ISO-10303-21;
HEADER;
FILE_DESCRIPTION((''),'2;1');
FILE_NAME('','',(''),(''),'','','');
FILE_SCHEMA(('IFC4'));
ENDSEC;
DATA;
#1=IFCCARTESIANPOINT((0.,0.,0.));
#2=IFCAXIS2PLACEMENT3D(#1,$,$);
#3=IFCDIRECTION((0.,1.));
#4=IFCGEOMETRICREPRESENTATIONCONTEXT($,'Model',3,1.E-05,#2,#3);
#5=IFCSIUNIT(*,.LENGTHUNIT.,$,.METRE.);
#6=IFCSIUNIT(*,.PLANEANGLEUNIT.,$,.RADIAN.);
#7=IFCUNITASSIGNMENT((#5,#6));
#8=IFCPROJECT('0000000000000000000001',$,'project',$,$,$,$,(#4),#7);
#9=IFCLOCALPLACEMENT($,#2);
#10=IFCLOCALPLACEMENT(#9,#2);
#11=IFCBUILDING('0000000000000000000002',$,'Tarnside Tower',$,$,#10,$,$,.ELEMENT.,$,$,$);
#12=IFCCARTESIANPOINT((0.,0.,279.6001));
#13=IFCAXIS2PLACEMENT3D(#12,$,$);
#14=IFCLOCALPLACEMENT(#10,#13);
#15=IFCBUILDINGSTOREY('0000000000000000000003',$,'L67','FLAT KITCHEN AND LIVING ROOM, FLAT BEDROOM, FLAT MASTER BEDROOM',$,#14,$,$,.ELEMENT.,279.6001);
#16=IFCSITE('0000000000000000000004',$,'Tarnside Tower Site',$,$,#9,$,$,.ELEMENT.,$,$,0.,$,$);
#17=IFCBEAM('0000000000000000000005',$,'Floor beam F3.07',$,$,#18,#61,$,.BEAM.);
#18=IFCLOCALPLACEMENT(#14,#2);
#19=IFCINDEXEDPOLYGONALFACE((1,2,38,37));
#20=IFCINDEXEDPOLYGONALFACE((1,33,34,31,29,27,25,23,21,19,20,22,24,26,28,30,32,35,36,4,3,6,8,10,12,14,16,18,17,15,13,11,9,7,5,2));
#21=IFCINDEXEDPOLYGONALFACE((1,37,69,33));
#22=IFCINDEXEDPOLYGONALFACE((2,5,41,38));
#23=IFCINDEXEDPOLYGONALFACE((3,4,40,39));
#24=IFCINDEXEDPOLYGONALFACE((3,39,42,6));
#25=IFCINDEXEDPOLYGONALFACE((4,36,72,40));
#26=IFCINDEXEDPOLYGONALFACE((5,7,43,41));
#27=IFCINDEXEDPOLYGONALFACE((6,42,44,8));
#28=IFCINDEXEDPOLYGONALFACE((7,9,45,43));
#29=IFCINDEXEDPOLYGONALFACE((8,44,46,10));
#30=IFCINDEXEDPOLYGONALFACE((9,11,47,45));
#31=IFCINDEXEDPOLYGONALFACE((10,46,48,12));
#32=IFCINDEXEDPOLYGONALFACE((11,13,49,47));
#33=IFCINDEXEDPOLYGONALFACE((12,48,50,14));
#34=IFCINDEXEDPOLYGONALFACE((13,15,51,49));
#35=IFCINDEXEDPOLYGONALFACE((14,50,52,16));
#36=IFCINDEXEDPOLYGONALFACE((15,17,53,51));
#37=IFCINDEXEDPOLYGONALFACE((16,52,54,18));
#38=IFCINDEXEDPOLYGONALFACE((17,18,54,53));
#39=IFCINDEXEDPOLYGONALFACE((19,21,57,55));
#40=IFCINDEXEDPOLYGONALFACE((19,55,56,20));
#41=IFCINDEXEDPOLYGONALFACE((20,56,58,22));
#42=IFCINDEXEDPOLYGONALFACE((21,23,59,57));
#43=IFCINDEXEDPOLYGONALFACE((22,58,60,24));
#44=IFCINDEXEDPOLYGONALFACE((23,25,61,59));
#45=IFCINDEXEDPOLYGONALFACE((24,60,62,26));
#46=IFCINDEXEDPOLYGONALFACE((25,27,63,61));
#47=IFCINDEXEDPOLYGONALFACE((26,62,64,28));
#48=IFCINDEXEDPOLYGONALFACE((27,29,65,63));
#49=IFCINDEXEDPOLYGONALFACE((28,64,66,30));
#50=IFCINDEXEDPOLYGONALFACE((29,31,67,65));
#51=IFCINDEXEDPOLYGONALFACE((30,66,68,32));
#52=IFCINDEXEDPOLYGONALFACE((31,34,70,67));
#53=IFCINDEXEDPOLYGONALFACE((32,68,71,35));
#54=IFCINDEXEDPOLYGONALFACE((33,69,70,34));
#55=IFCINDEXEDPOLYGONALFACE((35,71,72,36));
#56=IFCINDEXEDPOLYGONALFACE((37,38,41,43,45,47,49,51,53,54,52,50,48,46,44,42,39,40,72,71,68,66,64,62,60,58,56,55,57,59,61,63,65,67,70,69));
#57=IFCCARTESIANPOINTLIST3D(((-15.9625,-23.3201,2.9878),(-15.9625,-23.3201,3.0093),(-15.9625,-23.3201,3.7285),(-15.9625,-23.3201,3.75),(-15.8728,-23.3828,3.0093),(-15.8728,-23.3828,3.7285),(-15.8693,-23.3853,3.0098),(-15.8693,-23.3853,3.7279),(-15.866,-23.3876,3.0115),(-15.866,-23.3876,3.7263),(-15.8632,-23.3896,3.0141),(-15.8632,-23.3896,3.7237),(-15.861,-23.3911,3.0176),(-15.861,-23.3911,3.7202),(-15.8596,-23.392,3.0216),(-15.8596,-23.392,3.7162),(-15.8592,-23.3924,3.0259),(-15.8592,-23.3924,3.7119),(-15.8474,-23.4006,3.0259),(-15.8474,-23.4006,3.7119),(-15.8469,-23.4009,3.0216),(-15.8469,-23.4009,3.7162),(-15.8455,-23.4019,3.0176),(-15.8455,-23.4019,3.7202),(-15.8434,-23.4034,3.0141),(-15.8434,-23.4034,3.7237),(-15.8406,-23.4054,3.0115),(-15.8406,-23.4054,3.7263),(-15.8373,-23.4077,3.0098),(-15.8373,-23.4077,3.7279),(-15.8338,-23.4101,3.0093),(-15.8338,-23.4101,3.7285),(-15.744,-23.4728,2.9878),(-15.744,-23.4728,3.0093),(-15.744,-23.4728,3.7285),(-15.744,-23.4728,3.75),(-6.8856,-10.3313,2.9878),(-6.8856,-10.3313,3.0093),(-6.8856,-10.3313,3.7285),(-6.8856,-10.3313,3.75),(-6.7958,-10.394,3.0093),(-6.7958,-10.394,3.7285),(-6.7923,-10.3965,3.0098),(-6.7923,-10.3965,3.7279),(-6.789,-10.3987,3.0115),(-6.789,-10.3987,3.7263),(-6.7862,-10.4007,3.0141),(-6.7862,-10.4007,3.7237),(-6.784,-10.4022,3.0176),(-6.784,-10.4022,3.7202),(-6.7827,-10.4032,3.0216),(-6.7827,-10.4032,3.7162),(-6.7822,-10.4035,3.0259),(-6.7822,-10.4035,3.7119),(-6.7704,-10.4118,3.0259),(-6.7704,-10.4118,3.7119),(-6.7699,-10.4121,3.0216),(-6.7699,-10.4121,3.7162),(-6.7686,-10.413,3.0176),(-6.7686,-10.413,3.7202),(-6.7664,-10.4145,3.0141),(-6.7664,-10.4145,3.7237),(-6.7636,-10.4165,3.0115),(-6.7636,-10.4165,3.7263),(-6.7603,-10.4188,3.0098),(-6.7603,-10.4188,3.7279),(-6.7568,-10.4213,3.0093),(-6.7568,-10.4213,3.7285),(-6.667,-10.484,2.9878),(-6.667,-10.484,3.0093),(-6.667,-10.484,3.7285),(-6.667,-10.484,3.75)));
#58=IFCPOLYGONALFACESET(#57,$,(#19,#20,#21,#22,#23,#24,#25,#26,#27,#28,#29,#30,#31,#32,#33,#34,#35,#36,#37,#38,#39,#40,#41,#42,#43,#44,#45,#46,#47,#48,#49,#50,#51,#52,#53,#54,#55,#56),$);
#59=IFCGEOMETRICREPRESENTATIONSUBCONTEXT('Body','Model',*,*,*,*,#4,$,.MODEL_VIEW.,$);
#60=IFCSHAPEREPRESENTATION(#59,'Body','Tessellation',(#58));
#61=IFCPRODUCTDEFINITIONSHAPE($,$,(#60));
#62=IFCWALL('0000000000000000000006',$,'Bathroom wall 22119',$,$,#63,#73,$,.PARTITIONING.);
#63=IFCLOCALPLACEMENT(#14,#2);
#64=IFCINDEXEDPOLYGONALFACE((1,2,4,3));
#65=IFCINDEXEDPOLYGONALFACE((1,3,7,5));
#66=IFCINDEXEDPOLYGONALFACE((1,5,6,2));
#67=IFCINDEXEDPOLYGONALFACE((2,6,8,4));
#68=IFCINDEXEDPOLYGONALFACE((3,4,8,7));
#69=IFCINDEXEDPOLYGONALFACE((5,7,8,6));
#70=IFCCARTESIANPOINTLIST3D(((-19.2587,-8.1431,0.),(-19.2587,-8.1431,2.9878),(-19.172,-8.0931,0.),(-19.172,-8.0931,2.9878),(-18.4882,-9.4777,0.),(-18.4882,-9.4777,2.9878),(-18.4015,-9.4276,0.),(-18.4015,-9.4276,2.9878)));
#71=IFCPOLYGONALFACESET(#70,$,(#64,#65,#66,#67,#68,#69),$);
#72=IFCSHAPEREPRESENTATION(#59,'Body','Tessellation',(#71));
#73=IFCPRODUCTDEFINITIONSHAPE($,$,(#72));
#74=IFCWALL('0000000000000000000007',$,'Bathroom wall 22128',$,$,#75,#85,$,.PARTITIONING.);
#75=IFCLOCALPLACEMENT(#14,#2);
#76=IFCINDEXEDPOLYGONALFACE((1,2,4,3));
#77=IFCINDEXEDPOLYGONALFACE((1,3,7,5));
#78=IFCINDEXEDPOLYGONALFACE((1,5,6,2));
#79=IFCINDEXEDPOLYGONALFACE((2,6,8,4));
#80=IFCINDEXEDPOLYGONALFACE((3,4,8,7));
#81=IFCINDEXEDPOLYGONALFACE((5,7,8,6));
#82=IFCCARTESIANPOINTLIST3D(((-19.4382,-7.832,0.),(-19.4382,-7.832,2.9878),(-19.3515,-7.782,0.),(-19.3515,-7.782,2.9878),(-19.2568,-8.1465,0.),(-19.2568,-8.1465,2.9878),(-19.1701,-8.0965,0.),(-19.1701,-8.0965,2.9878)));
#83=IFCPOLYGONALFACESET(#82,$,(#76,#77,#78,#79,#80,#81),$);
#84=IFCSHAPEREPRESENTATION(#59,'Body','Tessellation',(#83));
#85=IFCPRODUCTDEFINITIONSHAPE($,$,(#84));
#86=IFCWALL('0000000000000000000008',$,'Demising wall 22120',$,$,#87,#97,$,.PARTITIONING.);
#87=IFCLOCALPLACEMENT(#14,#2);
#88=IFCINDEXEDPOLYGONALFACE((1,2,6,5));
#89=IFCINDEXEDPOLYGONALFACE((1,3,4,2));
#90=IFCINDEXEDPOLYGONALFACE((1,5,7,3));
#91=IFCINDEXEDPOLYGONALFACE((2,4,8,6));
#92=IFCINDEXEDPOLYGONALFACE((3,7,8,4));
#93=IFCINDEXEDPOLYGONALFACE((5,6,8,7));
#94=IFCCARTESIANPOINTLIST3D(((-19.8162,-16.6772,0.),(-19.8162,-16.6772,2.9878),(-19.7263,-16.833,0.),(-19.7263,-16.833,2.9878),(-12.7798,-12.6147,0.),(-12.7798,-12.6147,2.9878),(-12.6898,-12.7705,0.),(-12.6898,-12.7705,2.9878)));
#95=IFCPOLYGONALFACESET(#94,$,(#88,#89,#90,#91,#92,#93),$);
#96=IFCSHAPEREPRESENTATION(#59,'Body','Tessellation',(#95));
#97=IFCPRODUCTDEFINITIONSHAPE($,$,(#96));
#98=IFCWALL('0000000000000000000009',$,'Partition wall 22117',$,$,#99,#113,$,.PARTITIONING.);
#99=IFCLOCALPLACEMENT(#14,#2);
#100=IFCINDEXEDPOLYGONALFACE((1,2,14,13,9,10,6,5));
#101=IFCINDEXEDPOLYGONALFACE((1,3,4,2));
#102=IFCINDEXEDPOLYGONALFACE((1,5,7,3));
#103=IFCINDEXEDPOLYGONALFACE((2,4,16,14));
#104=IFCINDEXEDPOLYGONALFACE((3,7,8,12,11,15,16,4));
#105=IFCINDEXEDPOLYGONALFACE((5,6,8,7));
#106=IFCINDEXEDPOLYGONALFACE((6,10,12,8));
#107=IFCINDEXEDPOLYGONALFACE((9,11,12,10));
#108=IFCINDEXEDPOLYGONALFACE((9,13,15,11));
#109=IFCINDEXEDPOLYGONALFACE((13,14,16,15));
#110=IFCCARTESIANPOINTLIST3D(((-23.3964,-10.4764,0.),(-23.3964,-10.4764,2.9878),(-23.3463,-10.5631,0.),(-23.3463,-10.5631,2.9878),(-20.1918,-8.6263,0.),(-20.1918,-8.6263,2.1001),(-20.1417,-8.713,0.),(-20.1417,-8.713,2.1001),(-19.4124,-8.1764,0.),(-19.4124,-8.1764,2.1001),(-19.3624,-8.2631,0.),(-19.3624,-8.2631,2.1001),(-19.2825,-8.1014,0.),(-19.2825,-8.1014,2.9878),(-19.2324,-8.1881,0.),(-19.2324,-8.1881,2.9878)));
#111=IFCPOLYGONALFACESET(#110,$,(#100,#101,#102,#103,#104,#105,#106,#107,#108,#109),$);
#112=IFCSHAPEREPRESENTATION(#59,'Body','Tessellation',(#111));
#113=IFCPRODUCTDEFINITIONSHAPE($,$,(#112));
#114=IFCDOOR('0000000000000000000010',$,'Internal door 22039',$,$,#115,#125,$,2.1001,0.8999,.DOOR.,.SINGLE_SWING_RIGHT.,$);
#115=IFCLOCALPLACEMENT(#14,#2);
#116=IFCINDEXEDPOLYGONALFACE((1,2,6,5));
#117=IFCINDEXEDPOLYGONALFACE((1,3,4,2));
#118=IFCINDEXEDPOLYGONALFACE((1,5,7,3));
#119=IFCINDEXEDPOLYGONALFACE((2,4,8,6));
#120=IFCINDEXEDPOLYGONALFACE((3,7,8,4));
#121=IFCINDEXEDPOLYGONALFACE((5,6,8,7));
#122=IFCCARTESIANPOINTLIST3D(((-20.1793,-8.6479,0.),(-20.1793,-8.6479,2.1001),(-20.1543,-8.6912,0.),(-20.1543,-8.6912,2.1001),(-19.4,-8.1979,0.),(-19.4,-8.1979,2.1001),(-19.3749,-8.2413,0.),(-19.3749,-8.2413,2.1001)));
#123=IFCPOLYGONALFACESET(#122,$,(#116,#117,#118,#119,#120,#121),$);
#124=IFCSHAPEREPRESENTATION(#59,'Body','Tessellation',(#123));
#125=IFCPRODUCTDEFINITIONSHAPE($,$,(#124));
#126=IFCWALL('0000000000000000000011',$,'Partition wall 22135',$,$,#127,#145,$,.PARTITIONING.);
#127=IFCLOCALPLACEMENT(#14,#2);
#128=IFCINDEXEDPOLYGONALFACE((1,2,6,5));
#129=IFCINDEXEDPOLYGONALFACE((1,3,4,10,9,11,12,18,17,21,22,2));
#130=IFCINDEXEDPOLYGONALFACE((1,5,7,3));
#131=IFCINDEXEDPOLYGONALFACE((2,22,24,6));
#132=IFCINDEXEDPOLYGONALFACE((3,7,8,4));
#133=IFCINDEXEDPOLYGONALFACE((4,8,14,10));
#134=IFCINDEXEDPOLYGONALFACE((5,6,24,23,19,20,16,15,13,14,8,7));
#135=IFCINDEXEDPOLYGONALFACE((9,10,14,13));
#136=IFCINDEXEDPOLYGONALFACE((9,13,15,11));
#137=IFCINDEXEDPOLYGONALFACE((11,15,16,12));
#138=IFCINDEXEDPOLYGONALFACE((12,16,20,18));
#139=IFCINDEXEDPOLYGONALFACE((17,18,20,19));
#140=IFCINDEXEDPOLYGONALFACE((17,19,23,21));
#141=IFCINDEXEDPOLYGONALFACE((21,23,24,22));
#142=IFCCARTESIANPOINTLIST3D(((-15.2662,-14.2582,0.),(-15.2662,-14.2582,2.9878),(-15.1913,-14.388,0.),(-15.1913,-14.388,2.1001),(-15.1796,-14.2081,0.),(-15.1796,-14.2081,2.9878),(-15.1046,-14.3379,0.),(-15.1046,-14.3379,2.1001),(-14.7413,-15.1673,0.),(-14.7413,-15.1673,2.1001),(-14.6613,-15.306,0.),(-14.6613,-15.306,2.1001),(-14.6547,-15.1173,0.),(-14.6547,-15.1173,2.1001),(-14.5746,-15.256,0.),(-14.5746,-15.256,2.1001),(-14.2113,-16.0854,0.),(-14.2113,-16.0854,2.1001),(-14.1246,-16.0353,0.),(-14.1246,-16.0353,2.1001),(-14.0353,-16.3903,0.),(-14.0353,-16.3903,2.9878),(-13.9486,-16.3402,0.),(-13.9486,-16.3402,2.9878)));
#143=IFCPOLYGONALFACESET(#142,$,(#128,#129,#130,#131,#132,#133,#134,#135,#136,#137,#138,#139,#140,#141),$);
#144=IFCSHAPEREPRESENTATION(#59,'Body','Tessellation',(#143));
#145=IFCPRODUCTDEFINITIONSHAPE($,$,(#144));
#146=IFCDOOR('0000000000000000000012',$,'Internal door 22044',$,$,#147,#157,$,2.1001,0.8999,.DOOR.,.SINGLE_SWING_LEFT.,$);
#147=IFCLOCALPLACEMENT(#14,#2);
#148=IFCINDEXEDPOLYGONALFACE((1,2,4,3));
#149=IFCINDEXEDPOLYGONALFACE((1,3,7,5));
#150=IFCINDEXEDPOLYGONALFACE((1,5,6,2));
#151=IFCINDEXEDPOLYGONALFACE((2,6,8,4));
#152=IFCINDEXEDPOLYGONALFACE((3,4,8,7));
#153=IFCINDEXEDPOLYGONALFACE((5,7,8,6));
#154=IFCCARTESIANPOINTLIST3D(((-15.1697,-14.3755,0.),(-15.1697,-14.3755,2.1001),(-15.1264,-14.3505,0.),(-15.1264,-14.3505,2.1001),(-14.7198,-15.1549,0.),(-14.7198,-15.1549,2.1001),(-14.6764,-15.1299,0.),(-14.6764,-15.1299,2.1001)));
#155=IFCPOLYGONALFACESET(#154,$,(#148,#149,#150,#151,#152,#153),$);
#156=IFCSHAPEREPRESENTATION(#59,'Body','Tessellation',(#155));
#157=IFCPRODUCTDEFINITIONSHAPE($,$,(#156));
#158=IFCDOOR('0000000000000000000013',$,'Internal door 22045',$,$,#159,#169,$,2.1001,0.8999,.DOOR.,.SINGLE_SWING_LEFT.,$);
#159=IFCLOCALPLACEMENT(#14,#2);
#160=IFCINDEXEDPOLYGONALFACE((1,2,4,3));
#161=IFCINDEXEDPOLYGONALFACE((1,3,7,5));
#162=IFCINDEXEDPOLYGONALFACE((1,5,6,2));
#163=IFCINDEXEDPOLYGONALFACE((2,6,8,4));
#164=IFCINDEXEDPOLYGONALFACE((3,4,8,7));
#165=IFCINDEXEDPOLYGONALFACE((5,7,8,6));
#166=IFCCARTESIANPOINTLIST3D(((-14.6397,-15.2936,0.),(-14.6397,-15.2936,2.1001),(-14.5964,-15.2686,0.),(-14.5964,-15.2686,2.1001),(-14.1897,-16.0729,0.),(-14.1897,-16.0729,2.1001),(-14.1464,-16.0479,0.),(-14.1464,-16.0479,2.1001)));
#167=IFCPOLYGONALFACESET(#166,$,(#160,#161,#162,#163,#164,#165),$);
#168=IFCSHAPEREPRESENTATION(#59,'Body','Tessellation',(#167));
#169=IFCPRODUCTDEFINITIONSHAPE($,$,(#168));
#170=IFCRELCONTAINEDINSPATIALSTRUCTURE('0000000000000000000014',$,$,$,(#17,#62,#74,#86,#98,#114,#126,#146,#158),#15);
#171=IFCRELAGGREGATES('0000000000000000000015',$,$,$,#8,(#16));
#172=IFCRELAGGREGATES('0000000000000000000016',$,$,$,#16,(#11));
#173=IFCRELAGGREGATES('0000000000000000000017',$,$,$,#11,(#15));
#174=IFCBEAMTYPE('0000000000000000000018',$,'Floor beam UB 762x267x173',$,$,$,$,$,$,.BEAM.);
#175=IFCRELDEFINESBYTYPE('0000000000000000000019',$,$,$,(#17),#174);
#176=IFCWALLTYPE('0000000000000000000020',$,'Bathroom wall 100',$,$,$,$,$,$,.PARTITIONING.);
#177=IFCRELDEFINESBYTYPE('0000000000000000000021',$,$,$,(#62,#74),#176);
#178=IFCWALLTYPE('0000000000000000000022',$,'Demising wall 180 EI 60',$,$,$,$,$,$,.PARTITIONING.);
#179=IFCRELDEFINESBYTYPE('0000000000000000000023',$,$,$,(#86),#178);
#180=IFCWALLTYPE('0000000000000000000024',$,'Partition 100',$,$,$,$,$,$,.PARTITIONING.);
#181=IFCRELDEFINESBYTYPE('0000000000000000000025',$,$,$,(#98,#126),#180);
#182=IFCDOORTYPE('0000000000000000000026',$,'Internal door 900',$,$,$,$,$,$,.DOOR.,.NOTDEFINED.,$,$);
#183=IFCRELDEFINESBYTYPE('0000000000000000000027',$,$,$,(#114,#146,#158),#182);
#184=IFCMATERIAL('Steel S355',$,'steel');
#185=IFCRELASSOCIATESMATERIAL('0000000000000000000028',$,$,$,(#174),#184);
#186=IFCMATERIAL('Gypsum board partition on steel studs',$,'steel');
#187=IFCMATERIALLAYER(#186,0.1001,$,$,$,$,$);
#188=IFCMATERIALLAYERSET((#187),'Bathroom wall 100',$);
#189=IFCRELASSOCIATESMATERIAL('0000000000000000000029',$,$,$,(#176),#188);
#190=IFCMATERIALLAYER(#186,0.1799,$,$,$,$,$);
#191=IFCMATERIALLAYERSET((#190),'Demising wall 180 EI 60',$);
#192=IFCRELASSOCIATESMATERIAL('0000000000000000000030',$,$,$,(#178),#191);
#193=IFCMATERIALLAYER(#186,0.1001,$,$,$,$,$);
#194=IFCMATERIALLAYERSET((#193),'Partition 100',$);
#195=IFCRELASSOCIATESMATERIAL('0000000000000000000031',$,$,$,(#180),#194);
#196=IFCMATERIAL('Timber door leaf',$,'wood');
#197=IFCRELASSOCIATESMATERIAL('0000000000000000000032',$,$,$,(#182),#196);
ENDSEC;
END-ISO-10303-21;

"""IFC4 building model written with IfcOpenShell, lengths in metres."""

from ifc_helpers import new_model, si_unit, direction, frame, frame_2d, origin, origin_2d, place, context, subcontext, project, spatial, rectangle, i_section, extrude, material, layer, layer_set, material_profile, profile_set, type_object, element, fill, save


model = new_model("IFC4")

# Units and contexts
model_context = context("Model", 3, precision=1e-05, world=origin(), true_north=direction((0.0, 1.0)))
body_context = subcontext(model_context, "Body", "Model", "MODEL_VIEW")
ifc_project = project(units=[si_unit("LENGTHUNIT", "METRE"), si_unit("PLANEANGLEUNIT", "RADIAN")], contexts=[model_context])

# Site, building, storey
site_placement = place(None, origin())
site = spatial("IfcSite", under=ifc_project, at=site_placement, Name="Tarnside Tower Site", CompositionType="ELEMENT", RefElevation=0.0)
building_placement = place(site_placement, origin())
building = spatial("IfcBuilding", under=site, at=building_placement, Name="Tarnside Tower", CompositionType="ELEMENT")
storey_placement = place(building_placement, frame((0.0, 0.0, 279.6001)))
storey = spatial("IfcBuildingStorey", under=building, at=storey_placement, Name="L67", Description="FLAT KITCHEN AND LIVING ROOM, FLAT BEDROOM, FLAT MASTER BEDROOM", CompositionType="ELEMENT", Elevation=279.6001)

# Beam
ifc_material_1 = material(Name="Steel S355", Category="steel")
ifc_material_profile_1 = material_profile(ifc_material_1, i_section(OverallWidth=0.2666, OverallDepth=0.7622, WebThickness=0.0144, FlangeThickness=0.0215, FilletRadius=0.0166, at=origin_2d()), Name="UB 762x267x173")
ifc_profile_set_1 = profile_set([ifc_material_profile_1], Name="Steel S355")
beam_type_1 = type_object("IfcBeamType", Name="Floor beam UB 762x267x173", PredefinedType="BEAM", material=ifc_profile_set_1)
beam_1_placement = place(storey_placement, frame((-15.8533, -23.3965, 3.3689), z_axis=(0.572817, 0.819683, 0.0), x_axis=(-0.819683, 0.572817, 0.0)))
element("IfcBeam", 1, at=beam_1_placement, inside=storey, type_object=beam_type_1, Name="Floor beam F3.07", PredefinedType="BEAM", context=body_context, shape_type="SweptSolid", body=[
    extrude(i_section(OverallWidth=0.2666, OverallDepth=0.7622, WebThickness=0.0144, FlangeThickness=0.0215, FilletRadius=0.0166, at=origin_2d()), origin(), (0.0, 0.0, 1.0), 15.8462),
])

# Walls
ifc_material_2 = material(Name="Gypsum board partition on steel studs", Category="steel")
ifc_layer_1 = layer(ifc_material_2, 0.1001)
ifc_layer_set_1 = layer_set([ifc_layer_1], Name="Bathroom wall 100")
wall_type_1 = type_object("IfcWallType", Name="Bathroom wall 100", PredefinedType="PARTITIONING", material=ifc_layer_set_1)
wall_1_placement = place(storey_placement, frame((-18.4448, -9.4526, 0.0), z_axis=(0.0, 0.0, 1.0), x_axis=(-0.500024, 0.866011, 0.0)))
element("IfcWall", 2, at=wall_1_placement, inside=storey, type_object=wall_type_1, Name="Bathroom wall 22119", PredefinedType="PARTITIONING", context=body_context, shape_type="SweptSolid", body=[
    extrude(rectangle(XDim=1.541, YDim=0.1001, at=frame_2d((0.7705, 0.0))), origin(), (0.0, 0.0, 1.0), 2.9878),
])
wall_2_placement = place(storey_placement, frame((-19.2134, -8.1216, 0.0), z_axis=(0.0, 0.0, 1.0), x_axis=(-0.499684, 0.866208, 0.0)))
element("IfcWall", 3, at=wall_2_placement, inside=storey, type_object=wall_type_1, Name="Bathroom wall 22128", PredefinedType="PARTITIONING", context=body_context, shape_type="SweptSolid", body=[
    extrude(rectangle(XDim=0.363, YDim=0.1001, at=frame_2d((0.1816, 0.0))), origin(), (0.0, 0.0, 1.0), 2.9878),
])
ifc_layer_2 = layer(ifc_material_2, 0.1799)
ifc_layer_set_2 = layer_set([ifc_layer_2], Name="Demising wall 180 EI 60")
wall_type_2 = type_object("IfcWallType", Name="Demising wall 180 EI 60", PredefinedType="PARTITIONING", material=ifc_layer_set_2)
wall_3_placement = place(storey_placement, frame((-19.7712, -16.7551, 0.0), z_axis=(0.0, 0.0, 1.0), x_axis=(0.866023, 0.500004, 0.0)))
element("IfcWall", 4, at=wall_3_placement, inside=storey, type_object=wall_type_2, Name="Demising wall 22120", PredefinedType="PARTITIONING", context=body_context, shape_type="SweptSolid", body=[
    extrude(rectangle(XDim=8.125, YDim=0.1799, at=frame_2d((4.0625, 0.0))), origin(), (0.0, 0.0, 1.0), 2.9878),
])

# Wall, opening, door
ifc_layer_3 = layer(ifc_material_2, 0.1001)
ifc_layer_set_3 = layer_set([ifc_layer_3], Name="Partition 100")
wall_type_3 = type_object("IfcWallType", Name="Partition 100", PredefinedType="PARTITIONING", material=ifc_layer_set_3)
wall_4_placement = place(storey_placement, frame((-19.2576, -8.1448, 0.0), z_axis=(0.0, 0.0, 1.0), x_axis=(-0.866033, -0.499986, 0.0)))
wall_4 = element("IfcWall", 5, at=wall_4_placement, inside=storey, type_object=wall_type_3, Name="Partition wall 22117", PredefinedType="PARTITIONING", context=body_context, shape_type="SweptSolid", body=[
    extrude(rectangle(XDim=4.7502, YDim=0.1001, at=frame_2d((2.375, 0.0))), origin(), (0.0, 0.0, 1.0), 2.9878),
])
opening_1_placement = place(wall_4_placement, frame((0.1499, 0.0, 0.0)))
opening_1 = element("IfcOpeningElement", 6, at=opening_1_placement, cuts=wall_4, PredefinedType="OPENING", context=body_context, shape_type="SweptSolid", body=[
    extrude(rectangle(XDim=0.8999, YDim=2.1001, at=frame_2d((0.45, 1.05))), frame((0.0, 0.0601, 0.0), z_axis=(0.0, -1.0, 0.0), x_axis=(1.0, 0.0, 0.0)), (0.0, 0.0, 1.0), 0.1201),
])
ifc_material_3 = material(Name="Timber door leaf", Category="wood")
door_type = type_object("IfcDoorType", Name="Internal door 900", OperationType="NOTDEFINED", PredefinedType="DOOR", material=ifc_material_3)
door_1_placement = place(opening_1_placement, origin())
door_1 = element("IfcDoor", 7, at=door_1_placement, inside=storey, type_object=door_type, Name="Internal door 22039", OperationType="SINGLE_SWING_RIGHT", OverallHeight=2.1001, OverallWidth=0.8999, PredefinedType="DOOR", context=body_context, shape_type="SweptSolid", body=[
    extrude(rectangle(XDim=0.8999, YDim=2.1001, at=frame_2d((0.45, 1.05))), frame((0.0, 0.0249, 0.0), z_axis=(0.0, -1.0, 0.0), x_axis=(1.0, 0.0, 0.0)), (0.0, 0.0, 1.0), 0.05),
])
fill(opening_1, door_1)

# Wall, openings, doors
wall_5_placement = place(storey_placement, frame((-15.2229, -14.2332, 0.0), z_axis=(0.0, 0.0, 1.0), x_axis=(0.5, -0.866025, 0.0)))
wall_5 = element("IfcWall", 8, at=wall_5_placement, inside=storey, type_object=wall_type_3, Name="Partition wall 22135", PredefinedType="PARTITIONING", context=body_context, shape_type="SweptSolid", body=[
    extrude(rectangle(XDim=2.4619, YDim=0.1001, at=frame_2d((1.231, 0.0))), origin(), (0.0, 0.0, 1.0), 2.9878),
])
opening_2_placement = place(wall_5_placement, frame((0.1499, 0.0, 0.0)))
opening_2 = element("IfcOpeningElement", 9, at=opening_2_placement, cuts=wall_5, PredefinedType="OPENING", context=body_context, shape_type="SweptSolid", body=[
    extrude(rectangle(XDim=0.8999, YDim=2.1001, at=frame_2d((0.45, 1.05))), frame((0.0, 0.0601, 0.0), z_axis=(0.0, -1.0, 0.0), x_axis=(1.0, 0.0, 0.0)), (0.0, 0.0, 1.0), 0.1201),
])
opening_3_placement = place(wall_5_placement, frame((1.21, 0.0, 0.0)))
opening_3 = element("IfcOpeningElement", 10, at=opening_3_placement, cuts=wall_5, PredefinedType="OPENING", context=body_context, shape_type="SweptSolid", body=[
    extrude(rectangle(XDim=0.8999, YDim=2.1001, at=frame_2d((0.45, 1.05))), frame((0.0, 0.0601, 0.0), z_axis=(0.0, -1.0, 0.0), x_axis=(1.0, 0.0, 0.0)), (0.0, 0.0, 1.0), 0.1201),
])
door_2_placement = place(opening_2_placement, origin())
door_2 = element("IfcDoor", 11, at=door_2_placement, inside=storey, type_object=door_type, Name="Internal door 22044", OperationType="SINGLE_SWING_LEFT", OverallHeight=2.1001, OverallWidth=0.8999, PredefinedType="DOOR", context=body_context, shape_type="SweptSolid", body=[
    extrude(rectangle(XDim=0.8999, YDim=2.1001, at=frame_2d((0.45, 1.05))), frame((0.0, 0.0249, 0.0), z_axis=(0.0, -1.0, 0.0), x_axis=(1.0, 0.0, 0.0)), (0.0, 0.0, 1.0), 0.05),
])
fill(opening_2, door_2)
door_3_placement = place(opening_3_placement, origin())
door_3 = element("IfcDoor", 12, at=door_3_placement, inside=storey, type_object=door_type, Name="Internal door 22045", OperationType="SINGLE_SWING_LEFT", OverallHeight=2.1001, OverallWidth=0.8999, PredefinedType="DOOR", context=body_context, shape_type="SweptSolid", body=[
    extrude(rectangle(XDim=0.8999, YDim=2.1001, at=frame_2d((0.45, 1.05))), frame((0.0, 0.0249, 0.0), z_axis=(0.0, -1.0, 0.0), x_axis=(1.0, 0.0, 0.0)), (0.0, 0.0, 1.0), 0.05),
])
fill(opening_3, door_3)

save(model, "model.ifc")
